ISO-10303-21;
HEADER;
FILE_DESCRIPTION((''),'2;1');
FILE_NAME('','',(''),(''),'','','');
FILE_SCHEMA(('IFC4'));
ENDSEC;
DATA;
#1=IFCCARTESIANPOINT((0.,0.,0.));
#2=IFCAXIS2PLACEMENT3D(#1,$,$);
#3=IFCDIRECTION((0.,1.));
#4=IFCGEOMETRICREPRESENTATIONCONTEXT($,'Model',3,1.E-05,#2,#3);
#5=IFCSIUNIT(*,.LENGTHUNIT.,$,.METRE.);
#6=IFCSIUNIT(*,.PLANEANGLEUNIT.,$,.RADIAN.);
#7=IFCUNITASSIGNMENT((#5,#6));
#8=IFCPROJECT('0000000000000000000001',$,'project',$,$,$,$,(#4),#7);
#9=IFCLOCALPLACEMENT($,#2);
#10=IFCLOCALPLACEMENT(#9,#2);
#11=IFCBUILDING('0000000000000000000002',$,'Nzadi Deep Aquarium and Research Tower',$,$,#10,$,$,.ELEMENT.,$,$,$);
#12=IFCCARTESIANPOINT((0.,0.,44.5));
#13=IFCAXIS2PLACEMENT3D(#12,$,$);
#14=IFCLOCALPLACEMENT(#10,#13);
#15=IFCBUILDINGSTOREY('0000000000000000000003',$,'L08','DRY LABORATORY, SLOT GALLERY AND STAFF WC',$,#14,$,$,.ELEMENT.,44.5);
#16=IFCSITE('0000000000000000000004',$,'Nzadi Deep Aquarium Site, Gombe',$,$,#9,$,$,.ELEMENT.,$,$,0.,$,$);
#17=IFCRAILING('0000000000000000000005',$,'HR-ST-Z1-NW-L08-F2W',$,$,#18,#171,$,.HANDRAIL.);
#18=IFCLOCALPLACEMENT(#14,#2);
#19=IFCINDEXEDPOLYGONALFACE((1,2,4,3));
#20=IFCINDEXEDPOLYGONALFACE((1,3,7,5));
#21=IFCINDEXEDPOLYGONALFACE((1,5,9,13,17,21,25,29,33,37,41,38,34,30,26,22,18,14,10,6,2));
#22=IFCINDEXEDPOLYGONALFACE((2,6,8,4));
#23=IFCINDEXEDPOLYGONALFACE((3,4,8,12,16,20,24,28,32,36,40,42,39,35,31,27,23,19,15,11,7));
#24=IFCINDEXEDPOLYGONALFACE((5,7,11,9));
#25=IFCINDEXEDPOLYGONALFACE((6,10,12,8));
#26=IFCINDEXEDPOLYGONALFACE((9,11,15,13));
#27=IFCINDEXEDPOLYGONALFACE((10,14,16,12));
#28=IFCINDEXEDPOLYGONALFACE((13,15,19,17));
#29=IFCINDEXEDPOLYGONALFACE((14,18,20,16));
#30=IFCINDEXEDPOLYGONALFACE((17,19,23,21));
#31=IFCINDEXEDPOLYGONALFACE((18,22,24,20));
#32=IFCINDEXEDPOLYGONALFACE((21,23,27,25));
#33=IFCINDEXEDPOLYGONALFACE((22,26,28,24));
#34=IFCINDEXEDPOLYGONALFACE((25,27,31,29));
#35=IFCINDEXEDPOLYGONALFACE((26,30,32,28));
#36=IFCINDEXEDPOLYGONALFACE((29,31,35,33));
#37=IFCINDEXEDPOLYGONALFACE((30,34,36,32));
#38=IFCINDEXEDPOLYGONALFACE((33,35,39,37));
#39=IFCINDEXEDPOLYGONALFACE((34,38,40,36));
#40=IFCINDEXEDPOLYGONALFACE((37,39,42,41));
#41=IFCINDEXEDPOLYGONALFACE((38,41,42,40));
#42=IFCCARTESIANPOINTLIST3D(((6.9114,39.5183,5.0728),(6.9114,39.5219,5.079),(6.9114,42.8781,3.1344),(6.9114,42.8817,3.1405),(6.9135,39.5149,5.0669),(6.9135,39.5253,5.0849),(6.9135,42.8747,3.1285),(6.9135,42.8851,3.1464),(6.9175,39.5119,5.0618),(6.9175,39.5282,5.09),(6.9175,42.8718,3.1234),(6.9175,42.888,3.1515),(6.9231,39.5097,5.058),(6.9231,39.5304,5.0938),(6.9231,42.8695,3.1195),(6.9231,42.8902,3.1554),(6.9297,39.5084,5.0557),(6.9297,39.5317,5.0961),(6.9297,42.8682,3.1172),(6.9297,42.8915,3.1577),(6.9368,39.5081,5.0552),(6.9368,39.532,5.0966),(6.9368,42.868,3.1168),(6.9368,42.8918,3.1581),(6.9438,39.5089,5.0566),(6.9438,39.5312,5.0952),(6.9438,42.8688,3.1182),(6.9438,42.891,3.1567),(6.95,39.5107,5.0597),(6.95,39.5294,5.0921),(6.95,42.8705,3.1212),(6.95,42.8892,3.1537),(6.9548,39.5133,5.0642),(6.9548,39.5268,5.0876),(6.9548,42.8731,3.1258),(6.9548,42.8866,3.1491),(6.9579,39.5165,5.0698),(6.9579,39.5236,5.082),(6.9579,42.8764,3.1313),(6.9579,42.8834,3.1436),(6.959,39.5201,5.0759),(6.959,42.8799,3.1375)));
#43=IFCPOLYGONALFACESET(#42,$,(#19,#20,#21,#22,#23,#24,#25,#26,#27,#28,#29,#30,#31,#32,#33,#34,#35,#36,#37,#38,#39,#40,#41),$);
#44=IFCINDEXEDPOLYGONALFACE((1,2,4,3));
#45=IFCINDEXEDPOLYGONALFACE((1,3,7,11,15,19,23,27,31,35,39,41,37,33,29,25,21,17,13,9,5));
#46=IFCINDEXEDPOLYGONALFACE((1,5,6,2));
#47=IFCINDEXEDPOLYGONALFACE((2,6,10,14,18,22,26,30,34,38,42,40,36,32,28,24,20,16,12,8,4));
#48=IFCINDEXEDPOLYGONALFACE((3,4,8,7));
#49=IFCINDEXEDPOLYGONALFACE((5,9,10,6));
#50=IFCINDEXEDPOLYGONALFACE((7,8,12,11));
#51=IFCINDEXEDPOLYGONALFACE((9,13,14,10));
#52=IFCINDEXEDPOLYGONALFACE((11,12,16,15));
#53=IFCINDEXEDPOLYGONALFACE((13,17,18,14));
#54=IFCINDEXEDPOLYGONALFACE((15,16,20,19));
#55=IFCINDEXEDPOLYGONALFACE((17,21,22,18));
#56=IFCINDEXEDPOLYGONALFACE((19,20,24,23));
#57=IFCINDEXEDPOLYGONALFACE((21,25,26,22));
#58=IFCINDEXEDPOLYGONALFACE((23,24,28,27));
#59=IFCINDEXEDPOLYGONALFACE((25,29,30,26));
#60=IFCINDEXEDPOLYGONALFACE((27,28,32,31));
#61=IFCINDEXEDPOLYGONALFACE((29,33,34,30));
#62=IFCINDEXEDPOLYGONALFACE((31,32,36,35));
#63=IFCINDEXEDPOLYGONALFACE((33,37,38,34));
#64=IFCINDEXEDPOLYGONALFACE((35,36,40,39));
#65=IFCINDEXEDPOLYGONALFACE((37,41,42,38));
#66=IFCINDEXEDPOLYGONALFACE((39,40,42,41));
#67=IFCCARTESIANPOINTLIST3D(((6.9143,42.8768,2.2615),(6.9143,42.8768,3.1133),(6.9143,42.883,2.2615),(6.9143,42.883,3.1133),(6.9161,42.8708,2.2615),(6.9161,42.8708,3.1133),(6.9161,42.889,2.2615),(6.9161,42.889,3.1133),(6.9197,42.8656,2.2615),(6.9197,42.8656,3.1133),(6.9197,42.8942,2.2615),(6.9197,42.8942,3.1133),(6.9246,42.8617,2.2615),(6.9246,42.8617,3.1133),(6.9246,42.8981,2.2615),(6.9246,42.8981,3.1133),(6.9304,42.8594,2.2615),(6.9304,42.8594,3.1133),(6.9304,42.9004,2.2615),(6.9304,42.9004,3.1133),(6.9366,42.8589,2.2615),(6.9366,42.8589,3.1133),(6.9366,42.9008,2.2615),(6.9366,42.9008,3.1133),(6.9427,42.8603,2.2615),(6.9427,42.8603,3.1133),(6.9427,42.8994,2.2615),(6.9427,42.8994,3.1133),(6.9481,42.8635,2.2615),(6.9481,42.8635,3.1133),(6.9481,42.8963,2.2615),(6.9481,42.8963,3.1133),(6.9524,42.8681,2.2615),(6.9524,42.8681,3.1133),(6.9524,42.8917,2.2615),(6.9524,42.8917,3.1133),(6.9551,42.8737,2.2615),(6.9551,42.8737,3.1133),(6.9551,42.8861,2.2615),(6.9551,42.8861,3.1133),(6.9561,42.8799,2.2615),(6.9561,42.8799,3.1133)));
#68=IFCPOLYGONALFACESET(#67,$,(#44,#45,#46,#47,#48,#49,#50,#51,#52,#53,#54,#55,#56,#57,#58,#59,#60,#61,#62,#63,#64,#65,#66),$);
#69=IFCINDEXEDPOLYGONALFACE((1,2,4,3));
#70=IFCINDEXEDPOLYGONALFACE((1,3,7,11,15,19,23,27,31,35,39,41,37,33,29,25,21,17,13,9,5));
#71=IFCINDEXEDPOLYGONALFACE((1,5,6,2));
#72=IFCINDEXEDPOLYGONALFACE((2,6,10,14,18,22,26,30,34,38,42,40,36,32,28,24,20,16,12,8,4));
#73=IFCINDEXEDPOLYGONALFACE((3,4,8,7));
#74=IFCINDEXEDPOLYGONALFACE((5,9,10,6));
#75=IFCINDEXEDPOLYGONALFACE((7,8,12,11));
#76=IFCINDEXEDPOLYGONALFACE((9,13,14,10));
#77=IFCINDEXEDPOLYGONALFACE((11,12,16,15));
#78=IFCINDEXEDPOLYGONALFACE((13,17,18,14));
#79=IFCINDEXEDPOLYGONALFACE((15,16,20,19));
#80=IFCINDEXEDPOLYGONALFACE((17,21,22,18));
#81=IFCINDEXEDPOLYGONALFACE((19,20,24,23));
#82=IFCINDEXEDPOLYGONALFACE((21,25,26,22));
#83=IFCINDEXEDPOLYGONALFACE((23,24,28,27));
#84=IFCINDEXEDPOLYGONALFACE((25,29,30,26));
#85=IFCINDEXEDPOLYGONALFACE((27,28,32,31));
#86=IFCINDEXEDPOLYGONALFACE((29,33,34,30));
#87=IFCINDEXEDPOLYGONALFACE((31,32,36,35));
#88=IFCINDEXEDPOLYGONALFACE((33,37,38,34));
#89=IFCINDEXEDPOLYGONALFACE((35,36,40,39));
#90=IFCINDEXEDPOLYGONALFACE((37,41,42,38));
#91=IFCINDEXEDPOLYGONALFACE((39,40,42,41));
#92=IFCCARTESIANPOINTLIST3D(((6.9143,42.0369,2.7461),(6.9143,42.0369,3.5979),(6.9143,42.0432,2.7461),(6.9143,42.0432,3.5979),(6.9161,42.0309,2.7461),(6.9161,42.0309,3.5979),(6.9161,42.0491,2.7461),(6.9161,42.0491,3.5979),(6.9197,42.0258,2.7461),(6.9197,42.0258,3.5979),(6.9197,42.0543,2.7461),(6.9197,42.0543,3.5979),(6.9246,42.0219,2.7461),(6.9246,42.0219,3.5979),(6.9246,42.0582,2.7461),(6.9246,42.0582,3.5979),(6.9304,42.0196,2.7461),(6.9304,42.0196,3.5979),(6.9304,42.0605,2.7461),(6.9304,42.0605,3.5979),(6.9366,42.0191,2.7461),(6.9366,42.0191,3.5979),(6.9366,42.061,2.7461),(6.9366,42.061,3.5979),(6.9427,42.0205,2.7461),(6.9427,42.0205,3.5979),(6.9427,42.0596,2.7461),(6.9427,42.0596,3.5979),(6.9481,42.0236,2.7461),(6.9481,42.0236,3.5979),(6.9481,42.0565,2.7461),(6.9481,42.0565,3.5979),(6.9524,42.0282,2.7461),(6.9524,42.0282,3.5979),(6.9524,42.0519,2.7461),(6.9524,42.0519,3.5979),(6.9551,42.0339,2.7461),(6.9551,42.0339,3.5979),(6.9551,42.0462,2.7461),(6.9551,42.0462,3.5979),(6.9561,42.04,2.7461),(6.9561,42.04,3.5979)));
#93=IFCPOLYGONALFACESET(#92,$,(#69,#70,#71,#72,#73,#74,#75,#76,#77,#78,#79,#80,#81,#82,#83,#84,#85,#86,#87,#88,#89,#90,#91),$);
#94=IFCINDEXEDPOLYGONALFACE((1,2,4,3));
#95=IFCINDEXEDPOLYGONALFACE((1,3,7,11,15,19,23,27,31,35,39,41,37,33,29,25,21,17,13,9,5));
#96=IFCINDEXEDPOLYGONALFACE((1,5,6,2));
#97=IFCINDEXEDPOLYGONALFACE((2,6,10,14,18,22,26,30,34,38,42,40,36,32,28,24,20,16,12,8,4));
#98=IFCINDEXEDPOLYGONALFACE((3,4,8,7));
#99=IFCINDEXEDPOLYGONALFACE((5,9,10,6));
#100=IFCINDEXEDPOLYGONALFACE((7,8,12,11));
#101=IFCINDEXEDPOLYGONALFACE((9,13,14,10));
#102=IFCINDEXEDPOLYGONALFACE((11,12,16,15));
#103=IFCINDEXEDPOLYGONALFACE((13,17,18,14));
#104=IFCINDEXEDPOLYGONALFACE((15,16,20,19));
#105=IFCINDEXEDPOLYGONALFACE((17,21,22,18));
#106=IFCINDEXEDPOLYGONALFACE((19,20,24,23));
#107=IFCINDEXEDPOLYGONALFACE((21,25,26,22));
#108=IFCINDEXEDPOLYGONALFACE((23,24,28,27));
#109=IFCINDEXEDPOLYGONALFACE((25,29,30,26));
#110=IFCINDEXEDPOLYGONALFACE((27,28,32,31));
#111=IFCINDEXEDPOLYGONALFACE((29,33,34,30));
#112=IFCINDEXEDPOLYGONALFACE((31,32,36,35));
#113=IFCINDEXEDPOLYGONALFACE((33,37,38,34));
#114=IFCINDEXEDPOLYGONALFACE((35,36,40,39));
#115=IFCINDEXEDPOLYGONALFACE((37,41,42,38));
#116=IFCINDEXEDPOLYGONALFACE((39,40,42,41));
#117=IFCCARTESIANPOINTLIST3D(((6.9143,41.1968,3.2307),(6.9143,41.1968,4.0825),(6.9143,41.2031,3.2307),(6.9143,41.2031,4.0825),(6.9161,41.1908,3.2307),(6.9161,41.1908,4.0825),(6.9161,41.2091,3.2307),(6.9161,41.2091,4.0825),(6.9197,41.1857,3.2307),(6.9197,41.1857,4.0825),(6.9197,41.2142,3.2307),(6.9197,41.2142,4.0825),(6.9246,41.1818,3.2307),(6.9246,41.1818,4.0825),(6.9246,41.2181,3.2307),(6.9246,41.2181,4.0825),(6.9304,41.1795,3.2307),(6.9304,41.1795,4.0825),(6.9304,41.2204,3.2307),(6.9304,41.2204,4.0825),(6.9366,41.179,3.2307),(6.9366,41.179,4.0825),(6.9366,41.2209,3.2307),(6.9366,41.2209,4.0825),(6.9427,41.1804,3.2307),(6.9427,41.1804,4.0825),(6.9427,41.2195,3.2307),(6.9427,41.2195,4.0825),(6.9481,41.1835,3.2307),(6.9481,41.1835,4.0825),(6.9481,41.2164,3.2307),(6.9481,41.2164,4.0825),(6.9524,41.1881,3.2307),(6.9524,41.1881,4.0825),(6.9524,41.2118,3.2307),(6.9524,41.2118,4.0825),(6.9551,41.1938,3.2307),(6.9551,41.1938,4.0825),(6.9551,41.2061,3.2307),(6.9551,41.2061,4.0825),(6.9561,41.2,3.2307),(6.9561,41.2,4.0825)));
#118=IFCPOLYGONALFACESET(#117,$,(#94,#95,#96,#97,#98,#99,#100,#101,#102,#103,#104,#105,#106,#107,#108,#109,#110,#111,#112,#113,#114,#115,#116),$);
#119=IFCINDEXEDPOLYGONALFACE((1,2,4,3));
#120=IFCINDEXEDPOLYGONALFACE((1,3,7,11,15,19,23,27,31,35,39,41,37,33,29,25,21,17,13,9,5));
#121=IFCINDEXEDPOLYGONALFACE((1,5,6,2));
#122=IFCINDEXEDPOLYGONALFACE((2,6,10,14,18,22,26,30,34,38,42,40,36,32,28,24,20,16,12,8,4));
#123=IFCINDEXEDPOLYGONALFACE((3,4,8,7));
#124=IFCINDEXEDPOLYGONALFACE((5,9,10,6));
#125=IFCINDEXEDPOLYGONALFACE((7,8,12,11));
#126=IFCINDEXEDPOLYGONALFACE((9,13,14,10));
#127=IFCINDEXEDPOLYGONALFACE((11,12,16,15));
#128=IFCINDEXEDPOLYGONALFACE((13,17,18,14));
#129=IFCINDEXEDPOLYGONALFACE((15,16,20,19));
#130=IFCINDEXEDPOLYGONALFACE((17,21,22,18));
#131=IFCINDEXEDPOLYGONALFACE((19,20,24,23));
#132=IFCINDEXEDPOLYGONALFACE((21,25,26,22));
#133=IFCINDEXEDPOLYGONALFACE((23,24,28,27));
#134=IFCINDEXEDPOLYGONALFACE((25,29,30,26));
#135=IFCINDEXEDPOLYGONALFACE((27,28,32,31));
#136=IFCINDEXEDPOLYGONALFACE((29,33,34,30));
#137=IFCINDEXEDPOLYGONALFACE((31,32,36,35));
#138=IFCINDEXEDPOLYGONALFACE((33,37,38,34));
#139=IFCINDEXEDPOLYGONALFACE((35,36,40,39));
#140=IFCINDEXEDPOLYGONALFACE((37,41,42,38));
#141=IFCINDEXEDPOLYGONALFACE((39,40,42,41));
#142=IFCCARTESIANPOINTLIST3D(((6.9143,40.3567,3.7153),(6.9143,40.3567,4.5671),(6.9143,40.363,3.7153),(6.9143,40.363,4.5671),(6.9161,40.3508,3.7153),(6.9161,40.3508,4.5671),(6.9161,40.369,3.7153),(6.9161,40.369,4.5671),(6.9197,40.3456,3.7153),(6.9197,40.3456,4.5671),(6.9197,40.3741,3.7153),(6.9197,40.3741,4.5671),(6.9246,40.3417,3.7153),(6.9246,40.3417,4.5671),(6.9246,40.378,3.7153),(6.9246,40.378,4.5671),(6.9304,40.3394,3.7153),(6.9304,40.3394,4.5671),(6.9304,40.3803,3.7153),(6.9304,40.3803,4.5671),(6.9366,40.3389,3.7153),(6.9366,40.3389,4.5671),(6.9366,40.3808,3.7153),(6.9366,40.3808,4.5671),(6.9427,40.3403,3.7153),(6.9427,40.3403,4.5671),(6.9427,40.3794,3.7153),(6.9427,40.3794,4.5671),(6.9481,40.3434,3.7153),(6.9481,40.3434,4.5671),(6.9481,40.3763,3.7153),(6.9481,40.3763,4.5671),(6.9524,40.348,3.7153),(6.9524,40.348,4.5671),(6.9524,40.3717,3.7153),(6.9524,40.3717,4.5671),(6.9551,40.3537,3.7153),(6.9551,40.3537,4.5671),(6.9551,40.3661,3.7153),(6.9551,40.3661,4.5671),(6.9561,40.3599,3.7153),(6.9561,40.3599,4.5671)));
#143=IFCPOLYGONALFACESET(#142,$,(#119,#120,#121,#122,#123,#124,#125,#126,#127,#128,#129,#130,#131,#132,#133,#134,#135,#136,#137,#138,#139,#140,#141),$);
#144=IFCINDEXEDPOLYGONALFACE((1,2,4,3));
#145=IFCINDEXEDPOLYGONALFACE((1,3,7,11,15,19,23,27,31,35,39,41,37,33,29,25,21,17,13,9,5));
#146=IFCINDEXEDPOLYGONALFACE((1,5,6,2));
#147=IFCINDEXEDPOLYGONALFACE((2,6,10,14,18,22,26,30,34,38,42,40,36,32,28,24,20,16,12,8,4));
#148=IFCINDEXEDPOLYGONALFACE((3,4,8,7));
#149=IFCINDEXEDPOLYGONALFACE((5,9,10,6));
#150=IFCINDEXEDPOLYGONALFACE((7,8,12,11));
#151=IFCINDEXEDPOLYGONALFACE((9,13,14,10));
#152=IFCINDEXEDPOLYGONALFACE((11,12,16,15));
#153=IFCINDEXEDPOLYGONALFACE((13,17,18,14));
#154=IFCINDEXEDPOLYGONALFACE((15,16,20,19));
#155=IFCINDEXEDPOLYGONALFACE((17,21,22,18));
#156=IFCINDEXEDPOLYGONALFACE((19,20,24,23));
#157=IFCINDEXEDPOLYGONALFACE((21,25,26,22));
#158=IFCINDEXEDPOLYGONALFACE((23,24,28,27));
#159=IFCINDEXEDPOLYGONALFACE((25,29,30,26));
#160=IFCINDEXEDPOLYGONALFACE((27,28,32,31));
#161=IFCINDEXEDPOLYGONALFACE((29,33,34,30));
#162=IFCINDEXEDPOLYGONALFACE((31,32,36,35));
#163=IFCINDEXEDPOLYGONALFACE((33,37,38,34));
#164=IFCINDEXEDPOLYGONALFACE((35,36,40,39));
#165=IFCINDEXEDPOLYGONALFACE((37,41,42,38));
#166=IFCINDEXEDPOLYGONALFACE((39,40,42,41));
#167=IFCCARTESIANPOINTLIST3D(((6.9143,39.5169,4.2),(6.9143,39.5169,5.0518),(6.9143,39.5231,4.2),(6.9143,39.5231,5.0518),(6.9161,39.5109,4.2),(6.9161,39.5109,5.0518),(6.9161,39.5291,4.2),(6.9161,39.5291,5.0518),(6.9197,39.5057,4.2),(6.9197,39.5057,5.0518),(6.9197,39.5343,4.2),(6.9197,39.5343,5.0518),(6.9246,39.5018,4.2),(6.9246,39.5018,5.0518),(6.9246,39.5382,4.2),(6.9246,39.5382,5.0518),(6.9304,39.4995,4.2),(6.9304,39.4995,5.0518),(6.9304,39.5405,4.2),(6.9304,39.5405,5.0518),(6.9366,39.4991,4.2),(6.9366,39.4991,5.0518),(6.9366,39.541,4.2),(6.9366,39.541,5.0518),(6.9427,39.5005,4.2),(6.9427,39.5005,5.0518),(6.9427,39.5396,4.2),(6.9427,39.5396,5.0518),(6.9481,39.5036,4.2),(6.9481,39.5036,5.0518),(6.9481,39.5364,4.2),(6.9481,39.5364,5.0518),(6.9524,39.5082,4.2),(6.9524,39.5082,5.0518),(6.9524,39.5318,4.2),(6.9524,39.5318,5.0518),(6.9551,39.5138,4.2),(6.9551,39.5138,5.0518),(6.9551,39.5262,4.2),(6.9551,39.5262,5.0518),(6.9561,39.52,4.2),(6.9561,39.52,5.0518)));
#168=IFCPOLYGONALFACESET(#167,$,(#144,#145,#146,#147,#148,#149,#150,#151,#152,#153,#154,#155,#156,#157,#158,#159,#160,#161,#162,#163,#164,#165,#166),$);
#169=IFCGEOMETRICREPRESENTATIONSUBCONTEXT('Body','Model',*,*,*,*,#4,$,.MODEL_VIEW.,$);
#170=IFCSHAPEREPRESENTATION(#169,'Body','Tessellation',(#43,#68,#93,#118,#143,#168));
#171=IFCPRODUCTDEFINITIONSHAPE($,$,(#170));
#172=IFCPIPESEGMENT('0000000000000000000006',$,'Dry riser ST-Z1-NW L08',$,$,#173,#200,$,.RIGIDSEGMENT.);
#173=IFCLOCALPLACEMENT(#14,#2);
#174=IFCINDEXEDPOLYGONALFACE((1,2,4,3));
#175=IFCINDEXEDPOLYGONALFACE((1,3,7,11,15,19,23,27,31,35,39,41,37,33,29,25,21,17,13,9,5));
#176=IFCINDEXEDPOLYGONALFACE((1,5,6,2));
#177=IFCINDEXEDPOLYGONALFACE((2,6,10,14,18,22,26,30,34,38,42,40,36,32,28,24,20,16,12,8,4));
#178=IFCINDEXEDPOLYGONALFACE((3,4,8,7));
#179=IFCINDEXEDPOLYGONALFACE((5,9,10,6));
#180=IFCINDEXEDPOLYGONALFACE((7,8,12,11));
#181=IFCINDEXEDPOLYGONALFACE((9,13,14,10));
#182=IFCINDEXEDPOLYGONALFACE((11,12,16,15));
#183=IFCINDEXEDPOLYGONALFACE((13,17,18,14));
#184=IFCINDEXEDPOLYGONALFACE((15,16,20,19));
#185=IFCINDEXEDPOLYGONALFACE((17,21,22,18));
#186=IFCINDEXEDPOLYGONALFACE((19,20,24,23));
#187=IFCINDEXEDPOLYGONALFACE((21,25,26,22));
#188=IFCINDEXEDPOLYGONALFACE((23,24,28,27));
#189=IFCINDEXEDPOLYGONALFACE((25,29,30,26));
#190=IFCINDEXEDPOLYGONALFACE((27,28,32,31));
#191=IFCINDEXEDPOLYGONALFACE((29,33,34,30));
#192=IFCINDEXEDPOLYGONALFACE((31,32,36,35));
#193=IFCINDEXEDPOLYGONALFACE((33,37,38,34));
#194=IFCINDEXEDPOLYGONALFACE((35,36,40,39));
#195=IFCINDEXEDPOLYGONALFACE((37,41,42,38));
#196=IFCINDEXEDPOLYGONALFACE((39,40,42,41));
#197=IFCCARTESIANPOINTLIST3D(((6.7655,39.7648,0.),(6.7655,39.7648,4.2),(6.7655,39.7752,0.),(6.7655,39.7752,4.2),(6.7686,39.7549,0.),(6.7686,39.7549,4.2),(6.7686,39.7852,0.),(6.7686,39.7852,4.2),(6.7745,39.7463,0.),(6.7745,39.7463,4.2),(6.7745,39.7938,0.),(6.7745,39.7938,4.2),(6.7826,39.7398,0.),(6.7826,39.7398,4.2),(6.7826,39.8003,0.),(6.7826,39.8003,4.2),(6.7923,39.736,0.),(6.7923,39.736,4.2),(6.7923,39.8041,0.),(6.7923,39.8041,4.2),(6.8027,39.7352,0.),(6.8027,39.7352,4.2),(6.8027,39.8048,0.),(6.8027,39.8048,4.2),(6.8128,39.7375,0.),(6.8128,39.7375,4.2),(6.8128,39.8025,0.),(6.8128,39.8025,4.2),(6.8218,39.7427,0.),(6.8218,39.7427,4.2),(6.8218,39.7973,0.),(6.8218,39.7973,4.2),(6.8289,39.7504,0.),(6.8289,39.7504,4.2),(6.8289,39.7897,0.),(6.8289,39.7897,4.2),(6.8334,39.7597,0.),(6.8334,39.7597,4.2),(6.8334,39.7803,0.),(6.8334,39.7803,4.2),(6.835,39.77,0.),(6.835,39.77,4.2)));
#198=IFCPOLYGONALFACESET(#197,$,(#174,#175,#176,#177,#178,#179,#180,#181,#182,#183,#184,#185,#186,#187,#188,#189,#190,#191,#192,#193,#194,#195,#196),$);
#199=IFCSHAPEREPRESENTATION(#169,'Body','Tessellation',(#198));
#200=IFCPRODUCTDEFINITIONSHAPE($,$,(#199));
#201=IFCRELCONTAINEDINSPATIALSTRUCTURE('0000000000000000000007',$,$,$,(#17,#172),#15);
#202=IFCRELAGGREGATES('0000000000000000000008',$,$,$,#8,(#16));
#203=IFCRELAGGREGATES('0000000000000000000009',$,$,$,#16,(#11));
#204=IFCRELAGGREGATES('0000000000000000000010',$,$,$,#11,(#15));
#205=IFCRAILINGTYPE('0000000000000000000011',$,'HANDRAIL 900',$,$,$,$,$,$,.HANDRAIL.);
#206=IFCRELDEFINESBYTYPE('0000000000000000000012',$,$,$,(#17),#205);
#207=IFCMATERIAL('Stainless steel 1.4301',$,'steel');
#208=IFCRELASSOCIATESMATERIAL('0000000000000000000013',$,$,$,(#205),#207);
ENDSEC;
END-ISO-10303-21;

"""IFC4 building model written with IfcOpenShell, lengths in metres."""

from ifc_helpers import new_model, si_unit, direction, frame, origin, origin_2d, place, context, subcontext, project, spatial, circle, extrude, material, type_object, element, save


model = new_model("IFC4")

# Units and contexts
model_context = context("Model", 3, precision=1e-05, world=origin(), true_north=direction((0.0, 1.0)))
body_context = subcontext(model_context, "Body", "Model", "MODEL_VIEW")
ifc_project = project(units=[si_unit("LENGTHUNIT", "METRE"), si_unit("PLANEANGLEUNIT", "RADIAN")], contexts=[model_context])

# Site, building, storey
site_placement = place(None, origin())
site = spatial("IfcSite", under=ifc_project, at=site_placement, Name="Nzadi Deep Aquarium Site, Gombe", CompositionType="ELEMENT", RefElevation=0.0)
building_placement = place(site_placement, origin())
building = spatial("IfcBuilding", under=site, at=building_placement, Name="Nzadi Deep Aquarium and Research Tower", CompositionType="ELEMENT")
storey_placement = place(building_placement, frame((0.0, 0.0, 44.5)))
storey = spatial("IfcBuildingStorey", under=building, at=storey_placement, Name="L08", Description="DRY LABORATORY, SLOT GALLERY AND STAFF WC", CompositionType="ELEMENT", Elevation=44.5)

# Railing
ifc_material_1 = material(Name="Stainless steel 1.4301", Category="steel")
railing_type = type_object("IfcRailingType", Name="HANDRAIL 900", PredefinedType="HANDRAIL", material=ifc_material_1)
railing_placement = place(storey_placement, frame((6.9351, 42.8799, 2.2615)))
element("IfcRailing", 1, at=railing_placement, inside=storey, type_object=railing_type, Name="HR-ST-Z1-NW-L08-F2W", PredefinedType="HANDRAIL", context=body_context, shape_type="SweptSolid", body=[
    extrude(circle(Radius=0.0239, at=origin_2d()), frame((0.0, 0.0, 0.876), z_axis=(0.0, -0.866175, 0.499741), x_axis=(1.0, 0.0, 0.0)), (0.0, 0.0, 1.0), 3.8789),
    extrude(circle(Radius=0.021, at=origin_2d()), origin(), (0.0, 0.0, 1.0), 0.8518),
    extrude(circle(Radius=0.021, at=origin_2d()), frame((0.0, -0.8398, 0.4846)), (0.0, 0.0, 1.0), 0.8518),
    extrude(circle(Radius=0.021, at=origin_2d()), frame((0.0, -1.6799, 0.9692)), (0.0, 0.0, 1.0), 0.8518),
    extrude(circle(Radius=0.021, at=origin_2d()), frame((0.0, -2.52, 1.4539)), (0.0, 0.0, 1.0), 0.8518),
    extrude(circle(Radius=0.021, at=origin_2d()), frame((0.0, -3.3599, 1.9385)), (0.0, 0.0, 1.0), 0.8518),
])

# Pipe segment
pipe_segment_placement = place(storey_placement, frame((6.8, 39.77, 0.0), z_axis=(0.0, 0.0, 1.0), x_axis=(1.0, 0.0, 0.0)))
element("IfcPipeSegment", 2, at=pipe_segment_placement, inside=storey, Name="Dry riser ST-Z1-NW L08", PredefinedType="RIGIDSEGMENT", context=body_context, shape_type="SweptSolid", body=[
    extrude(circle(Radius=0.0349, at=origin_2d()), origin(), (0.0, 0.0, 1.0), 4.2),
])

save(model, "model.ifc")
